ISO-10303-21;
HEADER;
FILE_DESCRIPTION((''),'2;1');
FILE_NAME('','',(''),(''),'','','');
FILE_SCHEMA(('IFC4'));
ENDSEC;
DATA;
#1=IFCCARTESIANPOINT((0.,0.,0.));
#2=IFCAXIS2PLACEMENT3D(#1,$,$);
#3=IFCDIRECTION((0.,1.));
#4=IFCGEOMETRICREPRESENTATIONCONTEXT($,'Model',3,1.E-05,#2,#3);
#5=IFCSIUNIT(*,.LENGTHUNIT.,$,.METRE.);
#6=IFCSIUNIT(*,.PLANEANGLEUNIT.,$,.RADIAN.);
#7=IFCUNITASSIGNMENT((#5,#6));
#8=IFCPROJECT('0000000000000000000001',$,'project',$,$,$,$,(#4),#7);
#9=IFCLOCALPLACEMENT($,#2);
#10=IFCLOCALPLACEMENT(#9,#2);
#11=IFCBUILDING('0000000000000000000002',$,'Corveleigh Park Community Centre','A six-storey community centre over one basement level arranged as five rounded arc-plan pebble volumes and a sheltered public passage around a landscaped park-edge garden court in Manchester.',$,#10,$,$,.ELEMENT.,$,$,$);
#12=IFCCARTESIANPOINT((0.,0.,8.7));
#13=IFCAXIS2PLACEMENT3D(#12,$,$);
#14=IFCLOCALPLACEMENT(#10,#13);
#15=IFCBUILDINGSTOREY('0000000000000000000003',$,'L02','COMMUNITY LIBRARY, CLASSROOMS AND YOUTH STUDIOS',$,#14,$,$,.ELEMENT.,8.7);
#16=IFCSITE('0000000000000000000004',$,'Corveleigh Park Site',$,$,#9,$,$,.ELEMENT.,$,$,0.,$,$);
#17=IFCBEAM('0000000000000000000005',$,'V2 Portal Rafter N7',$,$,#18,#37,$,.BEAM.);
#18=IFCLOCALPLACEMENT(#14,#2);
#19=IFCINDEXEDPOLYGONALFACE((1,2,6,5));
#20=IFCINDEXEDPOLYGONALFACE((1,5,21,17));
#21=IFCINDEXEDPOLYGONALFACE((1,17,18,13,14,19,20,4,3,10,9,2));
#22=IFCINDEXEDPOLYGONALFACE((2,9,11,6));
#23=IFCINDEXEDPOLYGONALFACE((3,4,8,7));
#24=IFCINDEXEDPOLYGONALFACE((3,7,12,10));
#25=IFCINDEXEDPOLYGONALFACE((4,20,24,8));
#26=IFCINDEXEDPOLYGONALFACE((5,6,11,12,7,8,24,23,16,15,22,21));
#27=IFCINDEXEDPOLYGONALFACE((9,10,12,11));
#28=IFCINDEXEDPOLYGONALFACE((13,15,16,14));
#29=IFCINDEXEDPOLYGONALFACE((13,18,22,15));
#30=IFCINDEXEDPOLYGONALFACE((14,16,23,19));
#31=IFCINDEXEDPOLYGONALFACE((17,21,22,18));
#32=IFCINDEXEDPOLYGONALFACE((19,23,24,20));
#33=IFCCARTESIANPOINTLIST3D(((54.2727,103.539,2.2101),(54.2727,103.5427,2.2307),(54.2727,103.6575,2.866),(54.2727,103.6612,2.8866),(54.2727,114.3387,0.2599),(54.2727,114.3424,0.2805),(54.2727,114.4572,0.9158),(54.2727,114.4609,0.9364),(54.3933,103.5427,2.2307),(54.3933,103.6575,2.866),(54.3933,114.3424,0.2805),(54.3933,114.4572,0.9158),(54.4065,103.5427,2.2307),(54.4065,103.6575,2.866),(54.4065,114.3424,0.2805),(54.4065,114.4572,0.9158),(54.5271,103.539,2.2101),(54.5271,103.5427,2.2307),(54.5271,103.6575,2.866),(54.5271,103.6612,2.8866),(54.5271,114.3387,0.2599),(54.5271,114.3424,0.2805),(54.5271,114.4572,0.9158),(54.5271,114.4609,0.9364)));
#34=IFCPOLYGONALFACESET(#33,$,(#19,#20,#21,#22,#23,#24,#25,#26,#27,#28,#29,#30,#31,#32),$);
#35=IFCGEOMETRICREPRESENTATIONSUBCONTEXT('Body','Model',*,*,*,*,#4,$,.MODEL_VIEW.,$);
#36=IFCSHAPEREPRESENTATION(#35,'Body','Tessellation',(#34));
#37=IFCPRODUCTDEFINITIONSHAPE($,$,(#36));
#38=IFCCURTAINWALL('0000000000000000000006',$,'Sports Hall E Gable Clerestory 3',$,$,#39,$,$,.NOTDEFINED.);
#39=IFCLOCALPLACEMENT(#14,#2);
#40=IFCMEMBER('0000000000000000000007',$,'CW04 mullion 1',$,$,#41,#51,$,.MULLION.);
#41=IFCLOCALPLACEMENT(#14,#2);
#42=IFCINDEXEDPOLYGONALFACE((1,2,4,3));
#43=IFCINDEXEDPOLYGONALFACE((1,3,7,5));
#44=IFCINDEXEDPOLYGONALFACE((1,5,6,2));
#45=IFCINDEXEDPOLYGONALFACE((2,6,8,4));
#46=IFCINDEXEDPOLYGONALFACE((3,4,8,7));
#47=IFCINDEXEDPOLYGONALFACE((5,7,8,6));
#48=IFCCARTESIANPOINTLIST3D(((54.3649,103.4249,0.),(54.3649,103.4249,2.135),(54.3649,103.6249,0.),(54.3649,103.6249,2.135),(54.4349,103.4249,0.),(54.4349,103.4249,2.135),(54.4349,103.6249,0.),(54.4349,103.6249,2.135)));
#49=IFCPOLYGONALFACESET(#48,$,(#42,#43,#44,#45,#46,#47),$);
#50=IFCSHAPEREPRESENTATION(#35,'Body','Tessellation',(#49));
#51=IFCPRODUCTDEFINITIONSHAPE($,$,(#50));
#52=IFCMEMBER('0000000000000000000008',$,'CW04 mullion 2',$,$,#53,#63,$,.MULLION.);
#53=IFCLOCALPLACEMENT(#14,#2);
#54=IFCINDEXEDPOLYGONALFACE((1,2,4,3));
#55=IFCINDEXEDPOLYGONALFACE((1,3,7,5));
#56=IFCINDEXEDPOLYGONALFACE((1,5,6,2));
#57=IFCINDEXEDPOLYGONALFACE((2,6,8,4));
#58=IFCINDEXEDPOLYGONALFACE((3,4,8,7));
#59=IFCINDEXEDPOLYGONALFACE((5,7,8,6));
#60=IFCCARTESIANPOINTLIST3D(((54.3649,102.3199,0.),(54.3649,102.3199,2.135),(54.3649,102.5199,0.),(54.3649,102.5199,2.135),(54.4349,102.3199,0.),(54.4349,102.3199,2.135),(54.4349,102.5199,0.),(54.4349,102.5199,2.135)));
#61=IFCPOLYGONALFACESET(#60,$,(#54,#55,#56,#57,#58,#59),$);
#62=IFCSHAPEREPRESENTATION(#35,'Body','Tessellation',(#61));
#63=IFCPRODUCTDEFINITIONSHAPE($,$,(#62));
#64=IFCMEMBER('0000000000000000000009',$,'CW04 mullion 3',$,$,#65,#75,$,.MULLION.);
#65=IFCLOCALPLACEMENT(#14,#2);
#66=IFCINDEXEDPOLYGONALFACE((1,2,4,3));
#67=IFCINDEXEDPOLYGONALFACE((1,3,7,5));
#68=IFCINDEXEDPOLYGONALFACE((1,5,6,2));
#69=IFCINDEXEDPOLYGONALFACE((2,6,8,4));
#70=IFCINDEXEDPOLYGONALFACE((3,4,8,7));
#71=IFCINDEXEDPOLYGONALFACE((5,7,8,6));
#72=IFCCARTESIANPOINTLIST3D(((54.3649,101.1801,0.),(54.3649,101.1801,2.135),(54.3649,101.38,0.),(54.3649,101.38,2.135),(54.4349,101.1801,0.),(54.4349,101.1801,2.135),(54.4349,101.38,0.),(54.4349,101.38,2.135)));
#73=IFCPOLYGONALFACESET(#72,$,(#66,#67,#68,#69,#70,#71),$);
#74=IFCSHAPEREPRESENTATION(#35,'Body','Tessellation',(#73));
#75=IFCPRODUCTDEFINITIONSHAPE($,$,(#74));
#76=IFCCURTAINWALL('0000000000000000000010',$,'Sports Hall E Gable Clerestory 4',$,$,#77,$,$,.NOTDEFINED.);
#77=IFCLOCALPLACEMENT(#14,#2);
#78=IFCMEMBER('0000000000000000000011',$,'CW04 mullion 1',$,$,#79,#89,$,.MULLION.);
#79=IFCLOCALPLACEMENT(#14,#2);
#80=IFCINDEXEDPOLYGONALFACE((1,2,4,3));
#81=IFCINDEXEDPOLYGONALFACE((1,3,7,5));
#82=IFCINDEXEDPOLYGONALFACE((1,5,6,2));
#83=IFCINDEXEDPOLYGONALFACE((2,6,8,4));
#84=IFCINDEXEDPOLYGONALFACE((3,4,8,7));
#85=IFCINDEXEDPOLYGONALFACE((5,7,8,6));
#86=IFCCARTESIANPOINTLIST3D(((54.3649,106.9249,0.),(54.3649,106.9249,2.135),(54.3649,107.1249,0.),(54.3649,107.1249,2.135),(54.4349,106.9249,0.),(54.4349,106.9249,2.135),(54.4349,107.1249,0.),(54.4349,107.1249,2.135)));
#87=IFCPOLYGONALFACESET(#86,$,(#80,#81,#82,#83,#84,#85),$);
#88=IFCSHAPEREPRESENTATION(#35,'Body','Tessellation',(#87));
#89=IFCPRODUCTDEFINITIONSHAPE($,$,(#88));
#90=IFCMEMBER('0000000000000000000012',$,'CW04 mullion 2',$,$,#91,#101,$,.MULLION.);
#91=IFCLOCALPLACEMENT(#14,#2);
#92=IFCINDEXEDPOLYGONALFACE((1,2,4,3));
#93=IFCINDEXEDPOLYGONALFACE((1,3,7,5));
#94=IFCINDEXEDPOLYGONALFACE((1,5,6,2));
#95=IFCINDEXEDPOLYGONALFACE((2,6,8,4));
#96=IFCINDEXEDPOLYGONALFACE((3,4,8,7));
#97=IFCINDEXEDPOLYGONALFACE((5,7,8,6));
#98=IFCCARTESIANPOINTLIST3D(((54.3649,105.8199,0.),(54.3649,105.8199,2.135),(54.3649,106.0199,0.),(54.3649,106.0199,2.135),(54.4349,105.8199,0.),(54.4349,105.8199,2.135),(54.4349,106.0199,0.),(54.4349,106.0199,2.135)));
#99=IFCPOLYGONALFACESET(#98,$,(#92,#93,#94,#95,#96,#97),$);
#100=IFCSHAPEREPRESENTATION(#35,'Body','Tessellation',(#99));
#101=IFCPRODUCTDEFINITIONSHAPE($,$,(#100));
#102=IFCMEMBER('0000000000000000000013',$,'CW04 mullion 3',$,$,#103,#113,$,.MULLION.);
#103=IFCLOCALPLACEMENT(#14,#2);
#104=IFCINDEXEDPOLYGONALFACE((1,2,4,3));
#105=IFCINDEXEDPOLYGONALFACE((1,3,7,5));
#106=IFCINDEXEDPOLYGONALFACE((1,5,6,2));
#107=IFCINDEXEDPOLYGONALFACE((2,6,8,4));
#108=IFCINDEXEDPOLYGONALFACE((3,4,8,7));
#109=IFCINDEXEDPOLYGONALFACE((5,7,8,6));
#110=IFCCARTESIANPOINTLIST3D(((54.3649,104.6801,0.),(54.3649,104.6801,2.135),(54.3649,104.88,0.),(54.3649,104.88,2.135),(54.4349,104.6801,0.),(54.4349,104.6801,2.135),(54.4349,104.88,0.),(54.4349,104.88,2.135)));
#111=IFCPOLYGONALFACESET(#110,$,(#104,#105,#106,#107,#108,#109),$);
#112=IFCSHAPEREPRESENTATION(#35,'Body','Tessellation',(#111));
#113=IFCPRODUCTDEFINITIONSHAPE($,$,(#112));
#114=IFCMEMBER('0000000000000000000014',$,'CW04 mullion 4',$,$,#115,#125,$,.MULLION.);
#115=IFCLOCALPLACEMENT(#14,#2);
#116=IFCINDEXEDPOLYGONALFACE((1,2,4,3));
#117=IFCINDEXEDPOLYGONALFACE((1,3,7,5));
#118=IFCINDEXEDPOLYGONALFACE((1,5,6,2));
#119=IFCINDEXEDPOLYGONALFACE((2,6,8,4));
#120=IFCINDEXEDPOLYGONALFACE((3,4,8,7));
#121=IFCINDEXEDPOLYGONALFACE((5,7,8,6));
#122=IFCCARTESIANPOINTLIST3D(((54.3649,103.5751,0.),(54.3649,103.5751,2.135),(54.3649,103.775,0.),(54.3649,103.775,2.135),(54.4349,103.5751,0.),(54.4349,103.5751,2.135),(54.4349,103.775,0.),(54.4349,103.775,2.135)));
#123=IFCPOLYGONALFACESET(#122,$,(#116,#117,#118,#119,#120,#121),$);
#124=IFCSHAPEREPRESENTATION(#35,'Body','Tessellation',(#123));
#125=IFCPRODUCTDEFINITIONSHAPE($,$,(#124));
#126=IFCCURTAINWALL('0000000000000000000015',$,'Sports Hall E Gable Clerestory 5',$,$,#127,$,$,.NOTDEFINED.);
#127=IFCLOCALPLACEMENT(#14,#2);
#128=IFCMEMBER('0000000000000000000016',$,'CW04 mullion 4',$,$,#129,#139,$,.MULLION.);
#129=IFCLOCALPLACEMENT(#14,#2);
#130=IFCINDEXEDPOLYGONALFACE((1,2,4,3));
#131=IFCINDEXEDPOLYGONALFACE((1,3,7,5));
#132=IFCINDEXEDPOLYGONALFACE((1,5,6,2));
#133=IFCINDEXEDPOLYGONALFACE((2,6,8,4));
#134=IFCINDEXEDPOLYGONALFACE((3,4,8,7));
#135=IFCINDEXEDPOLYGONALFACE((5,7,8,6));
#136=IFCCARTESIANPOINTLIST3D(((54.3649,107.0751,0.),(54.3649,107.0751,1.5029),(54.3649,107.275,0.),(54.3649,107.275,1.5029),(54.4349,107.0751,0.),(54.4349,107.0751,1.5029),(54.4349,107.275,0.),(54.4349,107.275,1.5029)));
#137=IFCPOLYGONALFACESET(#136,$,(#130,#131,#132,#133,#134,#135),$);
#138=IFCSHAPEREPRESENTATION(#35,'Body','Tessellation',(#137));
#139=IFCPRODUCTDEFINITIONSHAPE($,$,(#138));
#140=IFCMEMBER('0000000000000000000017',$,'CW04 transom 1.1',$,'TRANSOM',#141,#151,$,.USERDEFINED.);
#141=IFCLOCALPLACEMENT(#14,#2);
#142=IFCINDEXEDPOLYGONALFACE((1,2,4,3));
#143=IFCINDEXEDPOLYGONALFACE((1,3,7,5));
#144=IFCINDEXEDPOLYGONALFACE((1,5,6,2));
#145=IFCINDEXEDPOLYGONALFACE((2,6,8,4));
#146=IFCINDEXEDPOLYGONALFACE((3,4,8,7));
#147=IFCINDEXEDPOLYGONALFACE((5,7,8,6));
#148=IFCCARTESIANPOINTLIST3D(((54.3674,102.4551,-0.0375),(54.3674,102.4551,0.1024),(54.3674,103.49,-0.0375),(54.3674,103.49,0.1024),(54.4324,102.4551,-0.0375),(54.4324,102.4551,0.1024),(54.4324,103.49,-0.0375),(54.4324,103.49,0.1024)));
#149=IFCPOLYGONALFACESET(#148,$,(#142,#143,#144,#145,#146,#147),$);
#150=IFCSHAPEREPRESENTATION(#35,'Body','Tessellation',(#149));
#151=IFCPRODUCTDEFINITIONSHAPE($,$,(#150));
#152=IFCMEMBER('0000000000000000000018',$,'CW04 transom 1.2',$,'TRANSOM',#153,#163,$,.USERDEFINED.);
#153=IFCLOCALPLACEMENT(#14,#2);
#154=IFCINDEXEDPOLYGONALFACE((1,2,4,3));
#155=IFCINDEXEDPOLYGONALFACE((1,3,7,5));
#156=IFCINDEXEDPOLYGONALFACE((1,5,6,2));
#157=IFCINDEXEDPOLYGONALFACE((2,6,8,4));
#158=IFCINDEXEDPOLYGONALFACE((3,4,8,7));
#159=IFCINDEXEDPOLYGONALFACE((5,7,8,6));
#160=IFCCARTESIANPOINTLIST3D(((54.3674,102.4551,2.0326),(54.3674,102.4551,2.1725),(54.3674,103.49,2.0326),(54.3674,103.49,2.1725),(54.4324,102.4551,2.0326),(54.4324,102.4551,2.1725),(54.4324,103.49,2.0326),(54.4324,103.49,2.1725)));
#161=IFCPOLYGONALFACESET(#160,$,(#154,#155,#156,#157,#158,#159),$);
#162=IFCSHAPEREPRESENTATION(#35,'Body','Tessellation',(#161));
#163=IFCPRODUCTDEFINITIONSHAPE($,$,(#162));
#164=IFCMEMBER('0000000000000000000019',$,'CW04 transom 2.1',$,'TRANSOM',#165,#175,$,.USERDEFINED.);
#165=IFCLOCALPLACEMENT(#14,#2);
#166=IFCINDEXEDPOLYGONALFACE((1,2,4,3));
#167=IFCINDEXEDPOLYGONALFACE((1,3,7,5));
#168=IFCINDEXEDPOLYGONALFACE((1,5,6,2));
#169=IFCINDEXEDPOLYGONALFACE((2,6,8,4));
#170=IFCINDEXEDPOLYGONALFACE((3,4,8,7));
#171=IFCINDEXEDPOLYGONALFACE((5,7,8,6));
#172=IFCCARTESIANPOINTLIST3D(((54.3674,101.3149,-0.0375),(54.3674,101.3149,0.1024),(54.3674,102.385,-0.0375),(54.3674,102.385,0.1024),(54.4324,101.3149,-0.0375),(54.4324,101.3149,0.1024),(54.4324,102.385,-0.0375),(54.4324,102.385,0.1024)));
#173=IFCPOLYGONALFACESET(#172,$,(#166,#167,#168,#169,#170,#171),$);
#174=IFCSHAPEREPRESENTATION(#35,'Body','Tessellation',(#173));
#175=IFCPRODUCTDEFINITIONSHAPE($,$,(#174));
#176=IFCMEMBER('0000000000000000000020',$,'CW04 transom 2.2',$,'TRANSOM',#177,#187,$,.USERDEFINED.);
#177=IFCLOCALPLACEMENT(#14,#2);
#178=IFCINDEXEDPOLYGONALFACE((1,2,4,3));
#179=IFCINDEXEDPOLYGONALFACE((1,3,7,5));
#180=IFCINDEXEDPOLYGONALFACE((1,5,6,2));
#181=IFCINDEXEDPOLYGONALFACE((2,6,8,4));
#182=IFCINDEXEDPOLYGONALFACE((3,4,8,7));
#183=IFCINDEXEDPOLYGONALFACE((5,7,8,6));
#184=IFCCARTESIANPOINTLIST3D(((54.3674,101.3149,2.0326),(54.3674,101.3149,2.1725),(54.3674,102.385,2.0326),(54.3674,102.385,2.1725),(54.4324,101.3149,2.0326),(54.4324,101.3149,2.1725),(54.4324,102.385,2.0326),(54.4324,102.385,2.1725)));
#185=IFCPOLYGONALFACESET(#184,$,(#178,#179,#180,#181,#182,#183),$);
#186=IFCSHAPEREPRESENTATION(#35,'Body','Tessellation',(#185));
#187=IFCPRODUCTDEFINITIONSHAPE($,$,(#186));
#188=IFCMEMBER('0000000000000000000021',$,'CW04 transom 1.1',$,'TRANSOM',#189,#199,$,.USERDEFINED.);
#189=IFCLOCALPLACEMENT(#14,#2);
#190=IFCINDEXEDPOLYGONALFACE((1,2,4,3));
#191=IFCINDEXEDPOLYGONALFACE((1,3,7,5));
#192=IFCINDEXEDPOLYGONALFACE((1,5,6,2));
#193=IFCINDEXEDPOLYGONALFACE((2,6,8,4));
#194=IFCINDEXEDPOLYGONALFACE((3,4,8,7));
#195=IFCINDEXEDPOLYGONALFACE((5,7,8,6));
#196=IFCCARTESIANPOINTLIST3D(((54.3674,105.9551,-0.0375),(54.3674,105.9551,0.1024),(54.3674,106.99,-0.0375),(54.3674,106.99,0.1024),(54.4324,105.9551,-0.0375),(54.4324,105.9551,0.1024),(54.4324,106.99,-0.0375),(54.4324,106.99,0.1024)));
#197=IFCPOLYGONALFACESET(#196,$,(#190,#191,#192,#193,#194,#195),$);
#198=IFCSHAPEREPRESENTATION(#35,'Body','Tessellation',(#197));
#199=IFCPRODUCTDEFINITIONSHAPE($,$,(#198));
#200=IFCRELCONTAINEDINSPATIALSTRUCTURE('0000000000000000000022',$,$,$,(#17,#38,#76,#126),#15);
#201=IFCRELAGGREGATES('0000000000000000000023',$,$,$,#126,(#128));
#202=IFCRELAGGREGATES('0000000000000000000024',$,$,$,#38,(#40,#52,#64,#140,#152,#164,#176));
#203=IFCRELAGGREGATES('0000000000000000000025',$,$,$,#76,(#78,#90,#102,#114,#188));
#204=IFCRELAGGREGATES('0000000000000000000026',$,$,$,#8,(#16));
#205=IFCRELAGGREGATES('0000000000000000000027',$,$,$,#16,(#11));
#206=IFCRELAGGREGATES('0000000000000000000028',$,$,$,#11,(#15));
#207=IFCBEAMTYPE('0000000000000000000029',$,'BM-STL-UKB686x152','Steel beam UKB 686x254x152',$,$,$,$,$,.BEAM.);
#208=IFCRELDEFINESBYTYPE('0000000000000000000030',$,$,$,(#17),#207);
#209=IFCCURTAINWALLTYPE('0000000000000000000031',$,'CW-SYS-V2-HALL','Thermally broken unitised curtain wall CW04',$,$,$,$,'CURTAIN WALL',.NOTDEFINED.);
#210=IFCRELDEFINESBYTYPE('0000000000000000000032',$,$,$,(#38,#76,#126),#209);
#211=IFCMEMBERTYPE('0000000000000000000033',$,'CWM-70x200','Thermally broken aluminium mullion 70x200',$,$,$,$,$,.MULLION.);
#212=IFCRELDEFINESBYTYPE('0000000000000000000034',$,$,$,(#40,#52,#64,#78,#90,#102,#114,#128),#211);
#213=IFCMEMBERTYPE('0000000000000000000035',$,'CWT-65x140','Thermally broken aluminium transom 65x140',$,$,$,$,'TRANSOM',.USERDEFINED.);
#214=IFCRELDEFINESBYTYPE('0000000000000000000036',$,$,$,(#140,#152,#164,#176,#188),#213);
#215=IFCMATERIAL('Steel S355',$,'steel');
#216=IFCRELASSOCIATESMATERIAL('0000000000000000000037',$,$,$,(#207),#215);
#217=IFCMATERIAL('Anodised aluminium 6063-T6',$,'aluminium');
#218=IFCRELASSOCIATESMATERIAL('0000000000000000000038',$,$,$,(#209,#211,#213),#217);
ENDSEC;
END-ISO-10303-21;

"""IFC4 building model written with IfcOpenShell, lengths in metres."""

from ifc_helpers import new_model, si_unit, direction, frame, origin, origin_2d, place, context, subcontext, project, spatial, rectangle, i_section, extrude, material, material_profile, profile_set, type_object, element, aggregate, save


model = new_model("IFC4")

# Units and contexts
model_context = context("Model", 3, precision=1e-05, world=origin(), true_north=direction((0.0, 1.0)))
body_context = subcontext(model_context, "Body", "Model", "MODEL_VIEW")
ifc_project = project(units=[si_unit("LENGTHUNIT", "METRE"), si_unit("PLANEANGLEUNIT", "RADIAN")], contexts=[model_context])

# Site, building, storey
site_placement = place(None, origin())
site = spatial("IfcSite", under=ifc_project, at=site_placement, Name="Corveleigh Park Site", CompositionType="ELEMENT", RefElevation=0.0)
building_placement = place(site_placement, origin())
building = spatial("IfcBuilding", under=site, at=building_placement, Name="Corveleigh Park Community Centre", Description="A six-storey community centre over one basement level arranged as five rounded arc-plan pebble volumes and a sheltered public passage around a landscaped park-edge garden court in Manchester.", CompositionType="ELEMENT")
storey_placement = place(building_placement, frame((0.0, 0.0, 8.7)))
storey = spatial("IfcBuildingStorey", under=building, at=storey_placement, Name="L02", Description="COMMUNITY LIBRARY, CLASSROOMS AND YOUTH STUDIOS", CompositionType="ELEMENT", Elevation=8.7)

# Beam
ifc_material_1 = material(Name="Steel S355", Category="steel")
ifc_material_profile_1 = material_profile(ifc_material_1, i_section(OverallWidth=0.2544, OverallDepth=0.6875, WebThickness=0.0132, FlangeThickness=0.021, at=origin_2d()), Name="UKB 686x254x152", Category="steel")
ifc_profile_set_1 = profile_set([ifc_material_profile_1], Name="Steel S355")
beam_type = type_object("IfcBeamType", Name="BM-STL-UKB686x152", Description="Steel beam UKB 686x254x152", PredefinedType="BEAM", material=ifc_profile_set_1)
beam_placement = place(storey_placement, frame((54.3999, 103.6001, 2.5483), z_axis=(0.0, 0.984084, -0.177703), x_axis=(-1.0, 0.0, 0.0)))
element("IfcBeam", 1, at=beam_placement, inside=storey, type_object=beam_type, Name="V2 Portal Rafter N7", PredefinedType="BEAM", context=body_context, shape_type="SweptSolid", body=[
    extrude(i_section(OverallWidth=0.2544, OverallDepth=0.6875, WebThickness=0.0132, FlangeThickness=0.021, at=origin_2d()), origin(), (0.0, 0.0, 1.0), 10.9744),
])

# Curtain walls, members
ifc_material_2 = material(Name="Anodised aluminium 6063-T6", Category="aluminium")
curtain_wall_type = type_object("IfcCurtainWallType", Name="CW-SYS-V2-HALL", Description="Thermally broken unitised curtain wall CW04", ElementType="CURTAIN WALL", PredefinedType="NOTDEFINED", material=ifc_material_2)
curtain_wall_1_placement = place(storey_placement, origin())
curtain_wall_1 = element("IfcCurtainWall", 2, at=curtain_wall_1_placement, inside=storey, type_object=curtain_wall_type, Name="Sports Hall E Gable Clerestory 3", PredefinedType="NOTDEFINED")
ifc_material_profile_2 = material_profile(ifc_material_2, rectangle(XDim=0.0701, YDim=0.2, at=origin_2d()), Name="ALU-M70x200", Category="aluminium")
ifc_profile_set_2 = profile_set([ifc_material_profile_2], Name="Anodised aluminium 6063-T6")
member_type_1 = type_object("IfcMemberType", Name="CWM-70x200", Description="Thermally broken aluminium mullion 70x200", PredefinedType="MULLION", material=ifc_profile_set_2)
member_1_placement = place(storey_placement, frame((54.3999, 103.5249, 0.0), z_axis=(0.0, 0.0, 1.0), x_axis=(1.0, 0.0, 0.0)))
member_1 = element("IfcMember", 3, at=member_1_placement, type_object=member_type_1, Name="CW04 mullion 1", PredefinedType="MULLION", context=body_context, shape_type="SweptSolid", body=[
    extrude(rectangle(XDim=0.0701, YDim=0.2, at=origin_2d()), origin(), (0.0, 0.0, 1.0), 2.135),
])
member_2_placement = place(storey_placement, frame((54.3999, 102.4199, 0.0), z_axis=(0.0, 0.0, 1.0), x_axis=(1.0, 0.0, 0.0)))
member_2 = element("IfcMember", 4, at=member_2_placement, type_object=member_type_1, Name="CW04 mullion 2", PredefinedType="MULLION", context=body_context, shape_type="SweptSolid", body=[
    extrude(rectangle(XDim=0.0701, YDim=0.2, at=origin_2d()), origin(), (0.0, 0.0, 1.0), 2.135),
])
member_3_placement = place(storey_placement, frame((54.3999, 101.28, 0.0), z_axis=(0.0, 0.0, 1.0), x_axis=(1.0, 0.0, 0.0)))
member_3 = element("IfcMember", 5, at=member_3_placement, type_object=member_type_1, Name="CW04 mullion 3", PredefinedType="MULLION", context=body_context, shape_type="SweptSolid", body=[
    extrude(rectangle(XDim=0.0701, YDim=0.2, at=origin_2d()), origin(), (0.0, 0.0, 1.0), 2.135),
])
curtain_wall_2_placement = place(storey_placement, origin())
curtain_wall_2 = element("IfcCurtainWall", 6, at=curtain_wall_2_placement, inside=storey, type_object=curtain_wall_type, Name="Sports Hall E Gable Clerestory 4", PredefinedType="NOTDEFINED")
member_4_placement = place(storey_placement, frame((54.3999, 107.0249, 0.0), z_axis=(0.0, 0.0, 1.0), x_axis=(1.0, 0.0, 0.0)))
member_4 = element("IfcMember", 7, at=member_4_placement, type_object=member_type_1, Name="CW04 mullion 1", PredefinedType="MULLION", context=body_context, shape_type="SweptSolid", body=[
    extrude(rectangle(XDim=0.0701, YDim=0.2, at=origin_2d()), origin(), (0.0, 0.0, 1.0), 2.135),
])
member_5_placement = place(storey_placement, frame((54.3999, 105.9199, 0.0), z_axis=(0.0, 0.0, 1.0), x_axis=(1.0, 0.0, 0.0)))
member_5 = element("IfcMember", 8, at=member_5_placement, type_object=member_type_1, Name="CW04 mullion 2", PredefinedType="MULLION", context=body_context, shape_type="SweptSolid", body=[
    extrude(rectangle(XDim=0.0701, YDim=0.2, at=origin_2d()), origin(), (0.0, 0.0, 1.0), 2.135),
])
member_6_placement = place(storey_placement, frame((54.3999, 104.78, 0.0), z_axis=(0.0, 0.0, 1.0), x_axis=(1.0, 0.0, 0.0)))
member_6 = element("IfcMember", 9, at=member_6_placement, type_object=member_type_1, Name="CW04 mullion 3", PredefinedType="MULLION", context=body_context, shape_type="SweptSolid", body=[
    extrude(rectangle(XDim=0.0701, YDim=0.2, at=origin_2d()), origin(), (0.0, 0.0, 1.0), 2.135),
])
member_7_placement = place(storey_placement, frame((54.3999, 103.675, 0.0), z_axis=(0.0, 0.0, 1.0), x_axis=(1.0, 0.0, 0.0)))
member_7 = element("IfcMember", 10, at=member_7_placement, type_object=member_type_1, Name="CW04 mullion 4", PredefinedType="MULLION", context=body_context, shape_type="SweptSolid", body=[
    extrude(rectangle(XDim=0.0701, YDim=0.2, at=origin_2d()), origin(), (0.0, 0.0, 1.0), 2.135),
])

# Curtain wall, member
curtain_wall_3_placement = place(storey_placement, origin())
curtain_wall_3 = element("IfcCurtainWall", 11, at=curtain_wall_3_placement, inside=storey, type_object=curtain_wall_type, Name="Sports Hall E Gable Clerestory 5", PredefinedType="NOTDEFINED")
member_8_placement = place(storey_placement, frame((54.3999, 107.175, 0.0), z_axis=(0.0, 0.0, 1.0), x_axis=(1.0, 0.0, 0.0)))
member_8 = element("IfcMember", 12, at=member_8_placement, type_object=member_type_1, Name="CW04 mullion 4", PredefinedType="MULLION", context=body_context, shape_type="SweptSolid", body=[
    extrude(rectangle(XDim=0.0701, YDim=0.2, at=origin_2d()), origin(), (0.0, 0.0, 1.0), 1.5029),
])
aggregate(curtain_wall_3, [member_8])

# Members
ifc_material_profile_3 = material_profile(ifc_material_2, rectangle(XDim=0.0649, YDim=0.1399, at=origin_2d()), Name="ALU-T65x140", Category="aluminium")
ifc_profile_set_3 = profile_set([ifc_material_profile_3], Name="Anodised aluminium 6063-T6")
member_type_2 = type_object("IfcMemberType", Name="CWT-65x140", Description="Thermally broken aluminium transom 65x140", ElementType="TRANSOM", PredefinedType="USERDEFINED", material=ifc_profile_set_3)
member_9_placement = place(storey_placement, frame((54.3999, 103.49, 0.0325), z_axis=(0.0, -1.0, 0.0), x_axis=(1.0, 0.0, 0.0)))
member_9 = element("IfcMember", 13, at=member_9_placement, type_object=member_type_2, Name="CW04 transom 1.1", ObjectType="TRANSOM", PredefinedType="USERDEFINED", context=body_context, shape_type="SweptSolid", body=[
    extrude(rectangle(XDim=0.0649, YDim=0.1399, at=origin_2d()), origin(), (0.0, 0.0, 1.0), 1.0349),
])
member_10_placement = place(storey_placement, frame((54.3999, 103.49, 2.1025), z_axis=(0.0, -1.0, 0.0), x_axis=(1.0, 0.0, 0.0)))
member_10 = element("IfcMember", 14, at=member_10_placement, type_object=member_type_2, Name="CW04 transom 1.2", ObjectType="TRANSOM", PredefinedType="USERDEFINED", context=body_context, shape_type="SweptSolid", body=[
    extrude(rectangle(XDim=0.0649, YDim=0.1399, at=origin_2d()), origin(), (0.0, 0.0, 1.0), 1.0349),
])
member_11_placement = place(storey_placement, frame((54.3999, 102.385, 0.0325), z_axis=(0.0, -1.0, 0.0), x_axis=(1.0, 0.0, 0.0)))
member_11 = element("IfcMember", 15, at=member_11_placement, type_object=member_type_2, Name="CW04 transom 2.1", ObjectType="TRANSOM", PredefinedType="USERDEFINED", context=body_context, shape_type="SweptSolid", body=[
    extrude(rectangle(XDim=0.0649, YDim=0.1399, at=origin_2d()), origin(), (0.0, 0.0, 1.0), 1.0701),
])
member_12_placement = place(storey_placement, frame((54.3999, 102.385, 2.1025), z_axis=(0.0, -1.0, 0.0), x_axis=(1.0, 0.0, 0.0)))
member_12 = element("IfcMember", 16, at=member_12_placement, type_object=member_type_2, Name="CW04 transom 2.2", ObjectType="TRANSOM", PredefinedType="USERDEFINED", context=body_context, shape_type="SweptSolid", body=[
    extrude(rectangle(XDim=0.0649, YDim=0.1399, at=origin_2d()), origin(), (0.0, 0.0, 1.0), 1.0701),
])
member_13_placement = place(storey_placement, frame((54.3999, 106.99, 0.0325), z_axis=(0.0, -1.0, 0.0), x_axis=(1.0, 0.0, 0.0)))
member_13 = element("IfcMember", 17, at=member_13_placement, type_object=member_type_2, Name="CW04 transom 1.1", ObjectType="TRANSOM", PredefinedType="USERDEFINED", context=body_context, shape_type="SweptSolid", body=[
    extrude(rectangle(XDim=0.0649, YDim=0.1399, at=origin_2d()), origin(), (0.0, 0.0, 1.0), 1.0349),
])

aggregate(curtain_wall_1, [member_1, member_2, member_3, member_9, member_10, member_11, member_12])
aggregate(curtain_wall_2, [member_4, member_5, member_6, member_7, member_13])

save(model, "model.ifc")
